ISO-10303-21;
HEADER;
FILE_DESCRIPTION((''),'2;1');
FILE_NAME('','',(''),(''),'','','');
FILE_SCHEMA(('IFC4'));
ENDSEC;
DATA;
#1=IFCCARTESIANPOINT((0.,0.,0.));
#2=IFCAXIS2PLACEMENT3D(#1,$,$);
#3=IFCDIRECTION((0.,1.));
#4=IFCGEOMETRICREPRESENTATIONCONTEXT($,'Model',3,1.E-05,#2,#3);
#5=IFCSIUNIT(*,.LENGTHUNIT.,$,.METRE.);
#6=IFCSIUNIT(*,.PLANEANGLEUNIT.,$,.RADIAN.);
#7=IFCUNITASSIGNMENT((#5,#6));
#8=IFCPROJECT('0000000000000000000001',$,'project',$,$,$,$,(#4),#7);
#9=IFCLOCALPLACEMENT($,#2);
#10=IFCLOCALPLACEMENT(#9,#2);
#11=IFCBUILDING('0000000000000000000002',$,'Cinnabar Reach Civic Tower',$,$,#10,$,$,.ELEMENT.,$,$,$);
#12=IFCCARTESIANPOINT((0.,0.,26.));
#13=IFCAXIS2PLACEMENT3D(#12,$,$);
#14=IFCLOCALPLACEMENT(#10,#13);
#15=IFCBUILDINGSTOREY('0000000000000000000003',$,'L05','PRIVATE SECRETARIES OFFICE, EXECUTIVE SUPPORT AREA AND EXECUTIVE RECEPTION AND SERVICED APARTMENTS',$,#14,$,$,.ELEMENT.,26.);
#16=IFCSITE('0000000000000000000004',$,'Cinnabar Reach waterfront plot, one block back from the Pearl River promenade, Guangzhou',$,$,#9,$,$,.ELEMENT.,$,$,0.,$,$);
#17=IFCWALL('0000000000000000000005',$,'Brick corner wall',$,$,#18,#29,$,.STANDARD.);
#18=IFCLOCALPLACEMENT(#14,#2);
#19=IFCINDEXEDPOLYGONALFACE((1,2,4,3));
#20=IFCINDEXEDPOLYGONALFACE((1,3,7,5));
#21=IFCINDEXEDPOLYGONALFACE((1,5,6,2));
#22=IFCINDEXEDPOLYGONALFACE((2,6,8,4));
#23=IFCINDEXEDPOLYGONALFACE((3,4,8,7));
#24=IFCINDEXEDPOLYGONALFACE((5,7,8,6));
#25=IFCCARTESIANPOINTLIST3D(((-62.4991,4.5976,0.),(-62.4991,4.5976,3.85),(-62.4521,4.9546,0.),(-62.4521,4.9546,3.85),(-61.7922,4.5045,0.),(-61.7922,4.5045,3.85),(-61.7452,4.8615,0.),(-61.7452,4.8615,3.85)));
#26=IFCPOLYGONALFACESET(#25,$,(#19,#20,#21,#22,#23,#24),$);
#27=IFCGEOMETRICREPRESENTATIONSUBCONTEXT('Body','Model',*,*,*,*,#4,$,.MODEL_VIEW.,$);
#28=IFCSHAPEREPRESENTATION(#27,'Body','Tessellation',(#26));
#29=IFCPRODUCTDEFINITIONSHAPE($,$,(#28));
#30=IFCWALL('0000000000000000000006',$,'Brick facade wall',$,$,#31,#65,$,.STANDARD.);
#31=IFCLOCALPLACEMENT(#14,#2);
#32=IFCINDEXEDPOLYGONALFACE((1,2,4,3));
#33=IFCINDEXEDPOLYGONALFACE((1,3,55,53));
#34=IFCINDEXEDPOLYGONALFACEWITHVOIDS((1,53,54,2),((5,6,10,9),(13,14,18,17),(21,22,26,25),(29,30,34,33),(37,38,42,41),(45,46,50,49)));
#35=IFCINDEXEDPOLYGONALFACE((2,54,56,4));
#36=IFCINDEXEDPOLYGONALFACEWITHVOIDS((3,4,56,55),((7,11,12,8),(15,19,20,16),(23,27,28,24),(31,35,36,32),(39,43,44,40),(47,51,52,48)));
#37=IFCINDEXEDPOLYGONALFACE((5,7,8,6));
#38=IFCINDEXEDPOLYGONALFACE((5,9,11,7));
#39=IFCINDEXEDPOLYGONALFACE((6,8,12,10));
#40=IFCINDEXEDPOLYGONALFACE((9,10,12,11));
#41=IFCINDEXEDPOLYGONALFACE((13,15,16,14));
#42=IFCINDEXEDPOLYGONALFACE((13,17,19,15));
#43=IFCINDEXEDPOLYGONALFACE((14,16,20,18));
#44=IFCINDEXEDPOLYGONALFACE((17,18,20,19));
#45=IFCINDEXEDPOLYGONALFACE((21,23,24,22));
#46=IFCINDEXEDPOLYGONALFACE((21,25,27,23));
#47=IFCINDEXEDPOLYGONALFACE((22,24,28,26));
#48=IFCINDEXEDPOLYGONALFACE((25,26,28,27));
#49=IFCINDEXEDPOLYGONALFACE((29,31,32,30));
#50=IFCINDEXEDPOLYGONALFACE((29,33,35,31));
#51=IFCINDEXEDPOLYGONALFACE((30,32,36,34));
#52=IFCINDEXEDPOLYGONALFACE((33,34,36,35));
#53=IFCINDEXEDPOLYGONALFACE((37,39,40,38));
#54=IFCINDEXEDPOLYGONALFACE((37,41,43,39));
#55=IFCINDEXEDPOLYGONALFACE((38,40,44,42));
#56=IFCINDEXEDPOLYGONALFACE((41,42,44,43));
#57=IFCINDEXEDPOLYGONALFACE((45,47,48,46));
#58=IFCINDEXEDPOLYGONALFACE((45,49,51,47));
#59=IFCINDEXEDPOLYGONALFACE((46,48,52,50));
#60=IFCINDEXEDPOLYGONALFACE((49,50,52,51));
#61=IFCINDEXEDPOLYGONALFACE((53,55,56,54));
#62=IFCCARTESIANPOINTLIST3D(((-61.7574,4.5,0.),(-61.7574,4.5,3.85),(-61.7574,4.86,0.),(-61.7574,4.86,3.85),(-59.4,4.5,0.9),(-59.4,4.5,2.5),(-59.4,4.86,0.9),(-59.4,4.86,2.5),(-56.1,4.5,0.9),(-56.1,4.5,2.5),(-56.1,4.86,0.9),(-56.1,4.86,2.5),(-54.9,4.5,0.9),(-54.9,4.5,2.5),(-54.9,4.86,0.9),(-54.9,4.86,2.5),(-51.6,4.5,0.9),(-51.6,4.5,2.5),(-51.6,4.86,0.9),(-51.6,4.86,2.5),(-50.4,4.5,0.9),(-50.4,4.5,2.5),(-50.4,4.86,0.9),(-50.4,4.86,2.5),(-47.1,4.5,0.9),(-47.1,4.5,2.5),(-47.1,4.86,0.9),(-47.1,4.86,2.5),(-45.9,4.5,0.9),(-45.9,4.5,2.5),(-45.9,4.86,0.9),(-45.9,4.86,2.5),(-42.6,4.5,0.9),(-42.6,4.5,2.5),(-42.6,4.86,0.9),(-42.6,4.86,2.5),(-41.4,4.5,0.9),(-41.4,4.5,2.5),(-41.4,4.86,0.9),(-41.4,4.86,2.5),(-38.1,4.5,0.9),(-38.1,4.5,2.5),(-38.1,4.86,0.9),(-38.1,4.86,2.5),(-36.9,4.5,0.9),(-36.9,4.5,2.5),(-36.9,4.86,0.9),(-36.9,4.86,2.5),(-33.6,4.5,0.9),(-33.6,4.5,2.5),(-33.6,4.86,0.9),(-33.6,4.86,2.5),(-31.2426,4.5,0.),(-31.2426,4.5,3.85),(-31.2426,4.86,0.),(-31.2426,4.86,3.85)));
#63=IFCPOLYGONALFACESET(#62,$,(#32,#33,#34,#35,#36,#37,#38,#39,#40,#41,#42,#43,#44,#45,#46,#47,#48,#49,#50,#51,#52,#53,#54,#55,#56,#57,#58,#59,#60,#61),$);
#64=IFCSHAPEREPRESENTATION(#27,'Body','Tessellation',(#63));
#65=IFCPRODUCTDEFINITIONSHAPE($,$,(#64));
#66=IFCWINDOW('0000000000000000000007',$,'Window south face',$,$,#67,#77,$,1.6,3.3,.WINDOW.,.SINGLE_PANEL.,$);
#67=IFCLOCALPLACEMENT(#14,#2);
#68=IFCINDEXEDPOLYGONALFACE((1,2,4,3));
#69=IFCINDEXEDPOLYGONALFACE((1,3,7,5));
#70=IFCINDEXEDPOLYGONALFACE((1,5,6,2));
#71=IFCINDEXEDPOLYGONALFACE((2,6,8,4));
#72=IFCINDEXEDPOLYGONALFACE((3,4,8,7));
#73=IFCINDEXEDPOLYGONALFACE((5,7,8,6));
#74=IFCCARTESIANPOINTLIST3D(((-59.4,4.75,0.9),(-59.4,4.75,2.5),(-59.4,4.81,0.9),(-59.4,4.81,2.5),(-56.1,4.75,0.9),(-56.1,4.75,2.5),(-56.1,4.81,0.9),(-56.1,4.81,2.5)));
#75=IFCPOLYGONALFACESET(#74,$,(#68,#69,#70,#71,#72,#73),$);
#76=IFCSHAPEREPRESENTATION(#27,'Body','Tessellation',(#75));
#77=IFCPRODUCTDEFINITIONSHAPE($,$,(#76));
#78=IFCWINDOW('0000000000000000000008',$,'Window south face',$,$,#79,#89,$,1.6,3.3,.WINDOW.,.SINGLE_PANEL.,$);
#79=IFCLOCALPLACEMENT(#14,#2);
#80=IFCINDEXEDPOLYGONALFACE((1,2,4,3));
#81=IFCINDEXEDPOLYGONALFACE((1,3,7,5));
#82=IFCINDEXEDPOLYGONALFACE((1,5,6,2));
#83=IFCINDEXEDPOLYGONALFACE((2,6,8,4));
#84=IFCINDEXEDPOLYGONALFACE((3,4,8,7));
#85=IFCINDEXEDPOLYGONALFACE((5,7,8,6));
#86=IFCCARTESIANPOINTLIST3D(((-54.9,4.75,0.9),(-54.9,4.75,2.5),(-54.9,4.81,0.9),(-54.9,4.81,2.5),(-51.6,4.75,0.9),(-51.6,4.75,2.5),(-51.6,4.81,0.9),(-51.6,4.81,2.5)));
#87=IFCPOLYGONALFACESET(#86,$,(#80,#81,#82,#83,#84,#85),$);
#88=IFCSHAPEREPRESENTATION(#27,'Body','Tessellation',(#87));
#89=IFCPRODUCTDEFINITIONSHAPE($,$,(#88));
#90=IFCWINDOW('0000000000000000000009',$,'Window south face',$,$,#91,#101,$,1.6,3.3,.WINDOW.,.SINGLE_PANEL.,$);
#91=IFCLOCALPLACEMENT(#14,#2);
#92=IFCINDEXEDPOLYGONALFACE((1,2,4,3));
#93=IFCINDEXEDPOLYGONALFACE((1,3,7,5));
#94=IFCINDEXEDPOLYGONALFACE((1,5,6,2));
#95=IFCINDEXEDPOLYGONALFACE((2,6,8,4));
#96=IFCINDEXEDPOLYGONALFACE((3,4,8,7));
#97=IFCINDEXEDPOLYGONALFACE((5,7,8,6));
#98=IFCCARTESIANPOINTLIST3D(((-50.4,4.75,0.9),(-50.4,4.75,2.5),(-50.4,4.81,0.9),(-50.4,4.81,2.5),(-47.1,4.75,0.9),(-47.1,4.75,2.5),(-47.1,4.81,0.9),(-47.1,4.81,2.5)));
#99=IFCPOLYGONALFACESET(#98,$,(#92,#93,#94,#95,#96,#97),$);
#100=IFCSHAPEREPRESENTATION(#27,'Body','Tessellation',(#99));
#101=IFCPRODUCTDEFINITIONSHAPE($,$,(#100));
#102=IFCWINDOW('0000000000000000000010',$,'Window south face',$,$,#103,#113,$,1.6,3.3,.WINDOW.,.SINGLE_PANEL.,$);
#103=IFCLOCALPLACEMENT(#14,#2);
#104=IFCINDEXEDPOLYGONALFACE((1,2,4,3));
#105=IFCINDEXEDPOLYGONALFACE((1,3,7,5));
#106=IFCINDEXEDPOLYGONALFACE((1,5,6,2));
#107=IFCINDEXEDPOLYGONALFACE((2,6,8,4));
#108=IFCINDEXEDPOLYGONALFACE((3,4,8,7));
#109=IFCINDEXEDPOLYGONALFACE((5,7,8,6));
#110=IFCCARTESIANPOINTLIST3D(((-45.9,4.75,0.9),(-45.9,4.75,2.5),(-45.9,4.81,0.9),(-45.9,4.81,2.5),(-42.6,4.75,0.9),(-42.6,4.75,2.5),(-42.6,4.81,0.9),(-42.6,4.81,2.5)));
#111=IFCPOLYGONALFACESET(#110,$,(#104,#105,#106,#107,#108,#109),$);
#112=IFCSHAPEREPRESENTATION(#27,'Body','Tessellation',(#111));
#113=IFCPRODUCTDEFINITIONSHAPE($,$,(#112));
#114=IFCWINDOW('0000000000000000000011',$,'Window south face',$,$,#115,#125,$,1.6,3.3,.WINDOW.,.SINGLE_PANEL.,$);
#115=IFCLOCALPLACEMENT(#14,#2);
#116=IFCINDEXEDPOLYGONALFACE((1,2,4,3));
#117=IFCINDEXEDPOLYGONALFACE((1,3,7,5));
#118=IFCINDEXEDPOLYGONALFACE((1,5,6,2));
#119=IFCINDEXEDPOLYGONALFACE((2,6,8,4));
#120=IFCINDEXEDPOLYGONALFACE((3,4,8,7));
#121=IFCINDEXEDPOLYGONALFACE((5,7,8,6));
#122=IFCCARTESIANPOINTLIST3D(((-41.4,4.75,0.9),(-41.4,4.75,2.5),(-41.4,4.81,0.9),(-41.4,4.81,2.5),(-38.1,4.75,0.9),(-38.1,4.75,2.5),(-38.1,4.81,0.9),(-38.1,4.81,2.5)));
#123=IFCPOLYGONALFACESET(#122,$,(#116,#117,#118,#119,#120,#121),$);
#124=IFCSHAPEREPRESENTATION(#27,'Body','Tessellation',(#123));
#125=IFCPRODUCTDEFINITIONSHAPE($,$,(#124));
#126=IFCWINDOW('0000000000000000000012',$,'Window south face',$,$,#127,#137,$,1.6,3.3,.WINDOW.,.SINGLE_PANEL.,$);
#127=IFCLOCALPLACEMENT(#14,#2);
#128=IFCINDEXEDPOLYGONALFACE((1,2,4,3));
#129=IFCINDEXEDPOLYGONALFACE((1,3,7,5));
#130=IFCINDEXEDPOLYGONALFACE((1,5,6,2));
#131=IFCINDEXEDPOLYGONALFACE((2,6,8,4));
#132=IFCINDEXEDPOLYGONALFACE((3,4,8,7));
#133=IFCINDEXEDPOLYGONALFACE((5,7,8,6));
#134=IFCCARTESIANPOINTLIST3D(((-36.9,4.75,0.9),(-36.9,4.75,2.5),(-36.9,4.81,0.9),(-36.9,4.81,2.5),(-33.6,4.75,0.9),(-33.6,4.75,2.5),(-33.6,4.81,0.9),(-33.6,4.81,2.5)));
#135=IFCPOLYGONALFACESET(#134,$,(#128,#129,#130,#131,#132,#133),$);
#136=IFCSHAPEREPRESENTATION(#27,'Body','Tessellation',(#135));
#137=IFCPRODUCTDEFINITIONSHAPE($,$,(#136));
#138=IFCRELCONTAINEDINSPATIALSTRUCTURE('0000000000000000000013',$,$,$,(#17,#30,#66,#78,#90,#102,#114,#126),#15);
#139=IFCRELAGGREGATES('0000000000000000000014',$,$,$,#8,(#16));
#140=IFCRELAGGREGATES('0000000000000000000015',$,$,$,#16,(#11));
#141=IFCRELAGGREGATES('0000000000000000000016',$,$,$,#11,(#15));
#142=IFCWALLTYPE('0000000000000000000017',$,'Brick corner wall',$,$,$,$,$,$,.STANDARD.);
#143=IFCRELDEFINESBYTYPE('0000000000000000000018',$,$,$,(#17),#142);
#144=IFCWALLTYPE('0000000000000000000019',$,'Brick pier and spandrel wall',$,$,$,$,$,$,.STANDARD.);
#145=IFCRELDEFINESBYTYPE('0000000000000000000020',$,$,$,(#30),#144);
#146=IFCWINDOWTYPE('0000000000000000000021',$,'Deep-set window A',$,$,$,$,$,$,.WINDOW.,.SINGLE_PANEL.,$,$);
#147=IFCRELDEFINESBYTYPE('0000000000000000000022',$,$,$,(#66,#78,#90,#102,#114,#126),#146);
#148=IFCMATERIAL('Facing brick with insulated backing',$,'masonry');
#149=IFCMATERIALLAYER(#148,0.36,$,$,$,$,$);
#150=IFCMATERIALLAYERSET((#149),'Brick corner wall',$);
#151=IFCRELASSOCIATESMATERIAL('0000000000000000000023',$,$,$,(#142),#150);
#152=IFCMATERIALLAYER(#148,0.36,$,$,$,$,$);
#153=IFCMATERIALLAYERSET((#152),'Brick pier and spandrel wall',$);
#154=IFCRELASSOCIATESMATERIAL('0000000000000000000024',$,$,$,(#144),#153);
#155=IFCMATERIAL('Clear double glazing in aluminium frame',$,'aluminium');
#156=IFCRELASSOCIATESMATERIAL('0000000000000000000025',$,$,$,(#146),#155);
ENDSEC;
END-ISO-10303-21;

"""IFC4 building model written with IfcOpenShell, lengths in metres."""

from ifc_helpers import new_model, si_unit, direction, frame, frame_2d, origin, place, context, subcontext, project, spatial, rectangle, extrude, material, layer, layer_set, type_object, element, fill, save


model = new_model("IFC4")

# Units and contexts
model_context = context("Model", 3, precision=1e-05, world=origin(), true_north=direction((0.0, 1.0)))
body_context = subcontext(model_context, "Body", "Model", "MODEL_VIEW")
ifc_project = project(units=[si_unit("LENGTHUNIT", "METRE"), si_unit("PLANEANGLEUNIT", "RADIAN")], contexts=[model_context])

# Site, building, storey
site_placement = place(None, origin())
site = spatial("IfcSite", under=ifc_project, at=site_placement, Name="Cinnabar Reach waterfront plot, one block back from the Pearl River promenade, Guangzhou", CompositionType="ELEMENT", RefElevation=0.0)
building_placement = place(site_placement, origin())
building = spatial("IfcBuilding", under=site, at=building_placement, Name="Cinnabar Reach Civic Tower", CompositionType="ELEMENT")
storey_placement = place(building_placement, frame((0.0, 0.0, 26.0)))
storey = spatial("IfcBuildingStorey", under=building, at=storey_placement, Name="L05", Description="PRIVATE SECRETARIES OFFICE, EXECUTIVE SUPPORT AREA AND EXECUTIVE RECEPTION AND SERVICED APARTMENTS", CompositionType="ELEMENT", Elevation=26.0)

# Wall
ifc_material_1 = material(Name="Facing brick with insulated backing", Category="masonry")
ifc_layer_1 = layer(ifc_material_1, 0.36)
ifc_layer_set_1 = layer_set([ifc_layer_1], Name="Brick corner wall")
wall_type_1 = type_object("IfcWallType", Name="Brick corner wall", PredefinedType="STANDARD", material=ifc_layer_set_1)
wall_1_placement = place(storey_placement, frame((-62.4756, 4.7761, 0.0), z_axis=(0.0, 0.0, 1.0), x_axis=(0.991441, -0.130556, 0.0)))
element("IfcWall", 1, at=wall_1_placement, inside=storey, type_object=wall_type_1, Name="Brick corner wall", PredefinedType="STANDARD", context=body_context, shape_type="SweptSolid", body=[
    extrude(rectangle(XDim=0.7131, YDim=0.36, at=frame_2d((0.3565, 0.0))), origin(), (0.0, 0.0, 1.0), 3.85),
])

# Wall, openings, windows
ifc_layer_2 = layer(ifc_material_1, 0.36)
ifc_layer_set_2 = layer_set([ifc_layer_2], Name="Brick pier and spandrel wall")
wall_type_2 = type_object("IfcWallType", Name="Brick pier and spandrel wall", PredefinedType="STANDARD", material=ifc_layer_set_2)
wall_2_placement = place(storey_placement, frame((-61.7574, 4.68, 0.0), z_axis=(0.0, 0.0, 1.0), x_axis=(1.0, 0.0, 0.0)))
wall_2 = element("IfcWall", 2, at=wall_2_placement, inside=storey, type_object=wall_type_2, Name="Brick facade wall", PredefinedType="STANDARD", context=body_context, shape_type="SweptSolid", body=[
    extrude(rectangle(XDim=30.5148, YDim=0.36, at=frame_2d((15.2574, 0.0))), origin(), (0.0, 0.0, 1.0), 3.85),
])
opening_1_placement = place(wall_2_placement, frame((2.3574, 0.0, 0.9)))
opening_1 = element("IfcOpeningElement", 3, at=opening_1_placement, cuts=wall_2, PredefinedType="OPENING", context=body_context, shape_type="SweptSolid", body=[
    extrude(rectangle(XDim=3.3, YDim=1.6, at=frame_2d((1.65, 0.8))), frame((0.0, 0.19, 0.0), z_axis=(0.0, -1.0, 0.0), x_axis=(1.0, 0.0, 0.0)), (0.0, 0.0, 1.0), 0.38),
])
opening_2_placement = place(wall_2_placement, frame((6.8574, 0.0, 0.9)))
opening_2 = element("IfcOpeningElement", 4, at=opening_2_placement, cuts=wall_2, PredefinedType="OPENING", context=body_context, shape_type="SweptSolid", body=[
    extrude(rectangle(XDim=3.3, YDim=1.6, at=frame_2d((1.65, 0.8))), frame((0.0, 0.19, 0.0), z_axis=(0.0, -1.0, 0.0), x_axis=(1.0, 0.0, 0.0)), (0.0, 0.0, 1.0), 0.38),
])
opening_3_placement = place(wall_2_placement, frame((11.3574, 0.0, 0.9)))
opening_3 = element("IfcOpeningElement", 5, at=opening_3_placement, cuts=wall_2, PredefinedType="OPENING", context=body_context, shape_type="SweptSolid", body=[
    extrude(rectangle(XDim=3.3, YDim=1.6, at=frame_2d((1.65, 0.8))), frame((0.0, 0.19, 0.0), z_axis=(0.0, -1.0, 0.0), x_axis=(1.0, 0.0, 0.0)), (0.0, 0.0, 1.0), 0.38),
])
opening_4_placement = place(wall_2_placement, frame((15.8574, 0.0, 0.9)))
opening_4 = element("IfcOpeningElement", 6, at=opening_4_placement, cuts=wall_2, PredefinedType="OPENING", context=body_context, shape_type="SweptSolid", body=[
    extrude(rectangle(XDim=3.3, YDim=1.6, at=frame_2d((1.65, 0.8))), frame((0.0, 0.19, 0.0), z_axis=(0.0, -1.0, 0.0), x_axis=(1.0, 0.0, 0.0)), (0.0, 0.0, 1.0), 0.38),
])
opening_5_placement = place(wall_2_placement, frame((20.3574, 0.0, 0.9)))
opening_5 = element("IfcOpeningElement", 7, at=opening_5_placement, cuts=wall_2, PredefinedType="OPENING", context=body_context, shape_type="SweptSolid", body=[
    extrude(rectangle(XDim=3.3, YDim=1.6, at=frame_2d((1.65, 0.8))), frame((0.0, 0.19, 0.0), z_axis=(0.0, -1.0, 0.0), x_axis=(1.0, 0.0, 0.0)), (0.0, 0.0, 1.0), 0.38),
])
opening_6_placement = place(wall_2_placement, frame((24.8574, 0.0, 0.9)))
opening_6 = element("IfcOpeningElement", 8, at=opening_6_placement, cuts=wall_2, PredefinedType="OPENING", context=body_context, shape_type="SweptSolid", body=[
    extrude(rectangle(XDim=3.3, YDim=1.6, at=frame_2d((1.65, 0.8))), frame((0.0, 0.19, 0.0), z_axis=(0.0, -1.0, 0.0), x_axis=(1.0, 0.0, 0.0)), (0.0, 0.0, 1.0), 0.38),
])
ifc_material_2 = material(Name="Clear double glazing in aluminium frame", Category="aluminium")
window_type = type_object("IfcWindowType", Name="Deep-set window A", PartitioningType="SINGLE_PANEL", PredefinedType="WINDOW", material=ifc_material_2)
window_1_placement = place(opening_1_placement, origin())
window_1 = element("IfcWindow", 9, at=window_1_placement, inside=storey, type_object=window_type, Name="Window south face", OverallHeight=1.6, OverallWidth=3.3, PartitioningType="SINGLE_PANEL", PredefinedType="WINDOW", context=body_context, shape_type="SweptSolid", body=[
    extrude(rectangle(XDim=3.3, YDim=1.6, at=frame_2d((1.65, 0.8))), frame((0.0, 0.13, 0.0), z_axis=(0.0, -1.0, 0.0), x_axis=(1.0, 0.0, 0.0)), (0.0, 0.0, 1.0), 0.06),
])
fill(opening_1, window_1)
window_2_placement = place(opening_2_placement, origin())
window_2 = element("IfcWindow", 10, at=window_2_placement, inside=storey, type_object=window_type, Name="Window south face", OverallHeight=1.6, OverallWidth=3.3, PartitioningType="SINGLE_PANEL", PredefinedType="WINDOW", context=body_context, shape_type="SweptSolid", body=[
    extrude(rectangle(XDim=3.3, YDim=1.6, at=frame_2d((1.65, 0.8))), frame((0.0, 0.13, 0.0), z_axis=(0.0, -1.0, 0.0), x_axis=(1.0, 0.0, 0.0)), (0.0, 0.0, 1.0), 0.06),
])
fill(opening_2, window_2)
window_3_placement = place(opening_3_placement, origin())
window_3 = element("IfcWindow", 11, at=window_3_placement, inside=storey, type_object=window_type, Name="Window south face", OverallHeight=1.6, OverallWidth=3.3, PartitioningType="SINGLE_PANEL", PredefinedType="WINDOW", context=body_context, shape_type="SweptSolid", body=[
    extrude(rectangle(XDim=3.3, YDim=1.6, at=frame_2d((1.65, 0.8))), frame((0.0, 0.13, 0.0), z_axis=(0.0, -1.0, 0.0), x_axis=(1.0, 0.0, 0.0)), (0.0, 0.0, 1.0), 0.06),
])
fill(opening_3, window_3)
window_4_placement = place(opening_4_placement, origin())
window_4 = element("IfcWindow", 12, at=window_4_placement, inside=storey, type_object=window_type, Name="Window south face", OverallHeight=1.6, OverallWidth=3.3, PartitioningType="SINGLE_PANEL", PredefinedType="WINDOW", context=body_context, shape_type="SweptSolid", body=[
    extrude(rectangle(XDim=3.3, YDim=1.6, at=frame_2d((1.65, 0.8))), frame((0.0, 0.13, 0.0), z_axis=(0.0, -1.0, 0.0), x_axis=(1.0, 0.0, 0.0)), (0.0, 0.0, 1.0), 0.06),
])
fill(opening_4, window_4)
window_5_placement = place(opening_5_placement, origin())
window_5 = element("IfcWindow", 13, at=window_5_placement, inside=storey, type_object=window_type, Name="Window south face", OverallHeight=1.6, OverallWidth=3.3, PartitioningType="SINGLE_PANEL", PredefinedType="WINDOW", context=body_context, shape_type="SweptSolid", body=[
    extrude(rectangle(XDim=3.3, YDim=1.6, at=frame_2d((1.65, 0.8))), frame((0.0, 0.13, 0.0), z_axis=(0.0, -1.0, 0.0), x_axis=(1.0, 0.0, 0.0)), (0.0, 0.0, 1.0), 0.06),
])
fill(opening_5, window_5)
window_6_placement = place(opening_6_placement, origin())
window_6 = element("IfcWindow", 14, at=window_6_placement, inside=storey, type_object=window_type, Name="Window south face", OverallHeight=1.6, OverallWidth=3.3, PartitioningType="SINGLE_PANEL", PredefinedType="WINDOW", context=body_context, shape_type="SweptSolid", body=[
    extrude(rectangle(XDim=3.3, YDim=1.6, at=frame_2d((1.65, 0.8))), frame((0.0, 0.13, 0.0), z_axis=(0.0, -1.0, 0.0), x_axis=(1.0, 0.0, 0.0)), (0.0, 0.0, 1.0), 0.06),
])
fill(opening_6, window_6)

save(model, "model.ifc")
